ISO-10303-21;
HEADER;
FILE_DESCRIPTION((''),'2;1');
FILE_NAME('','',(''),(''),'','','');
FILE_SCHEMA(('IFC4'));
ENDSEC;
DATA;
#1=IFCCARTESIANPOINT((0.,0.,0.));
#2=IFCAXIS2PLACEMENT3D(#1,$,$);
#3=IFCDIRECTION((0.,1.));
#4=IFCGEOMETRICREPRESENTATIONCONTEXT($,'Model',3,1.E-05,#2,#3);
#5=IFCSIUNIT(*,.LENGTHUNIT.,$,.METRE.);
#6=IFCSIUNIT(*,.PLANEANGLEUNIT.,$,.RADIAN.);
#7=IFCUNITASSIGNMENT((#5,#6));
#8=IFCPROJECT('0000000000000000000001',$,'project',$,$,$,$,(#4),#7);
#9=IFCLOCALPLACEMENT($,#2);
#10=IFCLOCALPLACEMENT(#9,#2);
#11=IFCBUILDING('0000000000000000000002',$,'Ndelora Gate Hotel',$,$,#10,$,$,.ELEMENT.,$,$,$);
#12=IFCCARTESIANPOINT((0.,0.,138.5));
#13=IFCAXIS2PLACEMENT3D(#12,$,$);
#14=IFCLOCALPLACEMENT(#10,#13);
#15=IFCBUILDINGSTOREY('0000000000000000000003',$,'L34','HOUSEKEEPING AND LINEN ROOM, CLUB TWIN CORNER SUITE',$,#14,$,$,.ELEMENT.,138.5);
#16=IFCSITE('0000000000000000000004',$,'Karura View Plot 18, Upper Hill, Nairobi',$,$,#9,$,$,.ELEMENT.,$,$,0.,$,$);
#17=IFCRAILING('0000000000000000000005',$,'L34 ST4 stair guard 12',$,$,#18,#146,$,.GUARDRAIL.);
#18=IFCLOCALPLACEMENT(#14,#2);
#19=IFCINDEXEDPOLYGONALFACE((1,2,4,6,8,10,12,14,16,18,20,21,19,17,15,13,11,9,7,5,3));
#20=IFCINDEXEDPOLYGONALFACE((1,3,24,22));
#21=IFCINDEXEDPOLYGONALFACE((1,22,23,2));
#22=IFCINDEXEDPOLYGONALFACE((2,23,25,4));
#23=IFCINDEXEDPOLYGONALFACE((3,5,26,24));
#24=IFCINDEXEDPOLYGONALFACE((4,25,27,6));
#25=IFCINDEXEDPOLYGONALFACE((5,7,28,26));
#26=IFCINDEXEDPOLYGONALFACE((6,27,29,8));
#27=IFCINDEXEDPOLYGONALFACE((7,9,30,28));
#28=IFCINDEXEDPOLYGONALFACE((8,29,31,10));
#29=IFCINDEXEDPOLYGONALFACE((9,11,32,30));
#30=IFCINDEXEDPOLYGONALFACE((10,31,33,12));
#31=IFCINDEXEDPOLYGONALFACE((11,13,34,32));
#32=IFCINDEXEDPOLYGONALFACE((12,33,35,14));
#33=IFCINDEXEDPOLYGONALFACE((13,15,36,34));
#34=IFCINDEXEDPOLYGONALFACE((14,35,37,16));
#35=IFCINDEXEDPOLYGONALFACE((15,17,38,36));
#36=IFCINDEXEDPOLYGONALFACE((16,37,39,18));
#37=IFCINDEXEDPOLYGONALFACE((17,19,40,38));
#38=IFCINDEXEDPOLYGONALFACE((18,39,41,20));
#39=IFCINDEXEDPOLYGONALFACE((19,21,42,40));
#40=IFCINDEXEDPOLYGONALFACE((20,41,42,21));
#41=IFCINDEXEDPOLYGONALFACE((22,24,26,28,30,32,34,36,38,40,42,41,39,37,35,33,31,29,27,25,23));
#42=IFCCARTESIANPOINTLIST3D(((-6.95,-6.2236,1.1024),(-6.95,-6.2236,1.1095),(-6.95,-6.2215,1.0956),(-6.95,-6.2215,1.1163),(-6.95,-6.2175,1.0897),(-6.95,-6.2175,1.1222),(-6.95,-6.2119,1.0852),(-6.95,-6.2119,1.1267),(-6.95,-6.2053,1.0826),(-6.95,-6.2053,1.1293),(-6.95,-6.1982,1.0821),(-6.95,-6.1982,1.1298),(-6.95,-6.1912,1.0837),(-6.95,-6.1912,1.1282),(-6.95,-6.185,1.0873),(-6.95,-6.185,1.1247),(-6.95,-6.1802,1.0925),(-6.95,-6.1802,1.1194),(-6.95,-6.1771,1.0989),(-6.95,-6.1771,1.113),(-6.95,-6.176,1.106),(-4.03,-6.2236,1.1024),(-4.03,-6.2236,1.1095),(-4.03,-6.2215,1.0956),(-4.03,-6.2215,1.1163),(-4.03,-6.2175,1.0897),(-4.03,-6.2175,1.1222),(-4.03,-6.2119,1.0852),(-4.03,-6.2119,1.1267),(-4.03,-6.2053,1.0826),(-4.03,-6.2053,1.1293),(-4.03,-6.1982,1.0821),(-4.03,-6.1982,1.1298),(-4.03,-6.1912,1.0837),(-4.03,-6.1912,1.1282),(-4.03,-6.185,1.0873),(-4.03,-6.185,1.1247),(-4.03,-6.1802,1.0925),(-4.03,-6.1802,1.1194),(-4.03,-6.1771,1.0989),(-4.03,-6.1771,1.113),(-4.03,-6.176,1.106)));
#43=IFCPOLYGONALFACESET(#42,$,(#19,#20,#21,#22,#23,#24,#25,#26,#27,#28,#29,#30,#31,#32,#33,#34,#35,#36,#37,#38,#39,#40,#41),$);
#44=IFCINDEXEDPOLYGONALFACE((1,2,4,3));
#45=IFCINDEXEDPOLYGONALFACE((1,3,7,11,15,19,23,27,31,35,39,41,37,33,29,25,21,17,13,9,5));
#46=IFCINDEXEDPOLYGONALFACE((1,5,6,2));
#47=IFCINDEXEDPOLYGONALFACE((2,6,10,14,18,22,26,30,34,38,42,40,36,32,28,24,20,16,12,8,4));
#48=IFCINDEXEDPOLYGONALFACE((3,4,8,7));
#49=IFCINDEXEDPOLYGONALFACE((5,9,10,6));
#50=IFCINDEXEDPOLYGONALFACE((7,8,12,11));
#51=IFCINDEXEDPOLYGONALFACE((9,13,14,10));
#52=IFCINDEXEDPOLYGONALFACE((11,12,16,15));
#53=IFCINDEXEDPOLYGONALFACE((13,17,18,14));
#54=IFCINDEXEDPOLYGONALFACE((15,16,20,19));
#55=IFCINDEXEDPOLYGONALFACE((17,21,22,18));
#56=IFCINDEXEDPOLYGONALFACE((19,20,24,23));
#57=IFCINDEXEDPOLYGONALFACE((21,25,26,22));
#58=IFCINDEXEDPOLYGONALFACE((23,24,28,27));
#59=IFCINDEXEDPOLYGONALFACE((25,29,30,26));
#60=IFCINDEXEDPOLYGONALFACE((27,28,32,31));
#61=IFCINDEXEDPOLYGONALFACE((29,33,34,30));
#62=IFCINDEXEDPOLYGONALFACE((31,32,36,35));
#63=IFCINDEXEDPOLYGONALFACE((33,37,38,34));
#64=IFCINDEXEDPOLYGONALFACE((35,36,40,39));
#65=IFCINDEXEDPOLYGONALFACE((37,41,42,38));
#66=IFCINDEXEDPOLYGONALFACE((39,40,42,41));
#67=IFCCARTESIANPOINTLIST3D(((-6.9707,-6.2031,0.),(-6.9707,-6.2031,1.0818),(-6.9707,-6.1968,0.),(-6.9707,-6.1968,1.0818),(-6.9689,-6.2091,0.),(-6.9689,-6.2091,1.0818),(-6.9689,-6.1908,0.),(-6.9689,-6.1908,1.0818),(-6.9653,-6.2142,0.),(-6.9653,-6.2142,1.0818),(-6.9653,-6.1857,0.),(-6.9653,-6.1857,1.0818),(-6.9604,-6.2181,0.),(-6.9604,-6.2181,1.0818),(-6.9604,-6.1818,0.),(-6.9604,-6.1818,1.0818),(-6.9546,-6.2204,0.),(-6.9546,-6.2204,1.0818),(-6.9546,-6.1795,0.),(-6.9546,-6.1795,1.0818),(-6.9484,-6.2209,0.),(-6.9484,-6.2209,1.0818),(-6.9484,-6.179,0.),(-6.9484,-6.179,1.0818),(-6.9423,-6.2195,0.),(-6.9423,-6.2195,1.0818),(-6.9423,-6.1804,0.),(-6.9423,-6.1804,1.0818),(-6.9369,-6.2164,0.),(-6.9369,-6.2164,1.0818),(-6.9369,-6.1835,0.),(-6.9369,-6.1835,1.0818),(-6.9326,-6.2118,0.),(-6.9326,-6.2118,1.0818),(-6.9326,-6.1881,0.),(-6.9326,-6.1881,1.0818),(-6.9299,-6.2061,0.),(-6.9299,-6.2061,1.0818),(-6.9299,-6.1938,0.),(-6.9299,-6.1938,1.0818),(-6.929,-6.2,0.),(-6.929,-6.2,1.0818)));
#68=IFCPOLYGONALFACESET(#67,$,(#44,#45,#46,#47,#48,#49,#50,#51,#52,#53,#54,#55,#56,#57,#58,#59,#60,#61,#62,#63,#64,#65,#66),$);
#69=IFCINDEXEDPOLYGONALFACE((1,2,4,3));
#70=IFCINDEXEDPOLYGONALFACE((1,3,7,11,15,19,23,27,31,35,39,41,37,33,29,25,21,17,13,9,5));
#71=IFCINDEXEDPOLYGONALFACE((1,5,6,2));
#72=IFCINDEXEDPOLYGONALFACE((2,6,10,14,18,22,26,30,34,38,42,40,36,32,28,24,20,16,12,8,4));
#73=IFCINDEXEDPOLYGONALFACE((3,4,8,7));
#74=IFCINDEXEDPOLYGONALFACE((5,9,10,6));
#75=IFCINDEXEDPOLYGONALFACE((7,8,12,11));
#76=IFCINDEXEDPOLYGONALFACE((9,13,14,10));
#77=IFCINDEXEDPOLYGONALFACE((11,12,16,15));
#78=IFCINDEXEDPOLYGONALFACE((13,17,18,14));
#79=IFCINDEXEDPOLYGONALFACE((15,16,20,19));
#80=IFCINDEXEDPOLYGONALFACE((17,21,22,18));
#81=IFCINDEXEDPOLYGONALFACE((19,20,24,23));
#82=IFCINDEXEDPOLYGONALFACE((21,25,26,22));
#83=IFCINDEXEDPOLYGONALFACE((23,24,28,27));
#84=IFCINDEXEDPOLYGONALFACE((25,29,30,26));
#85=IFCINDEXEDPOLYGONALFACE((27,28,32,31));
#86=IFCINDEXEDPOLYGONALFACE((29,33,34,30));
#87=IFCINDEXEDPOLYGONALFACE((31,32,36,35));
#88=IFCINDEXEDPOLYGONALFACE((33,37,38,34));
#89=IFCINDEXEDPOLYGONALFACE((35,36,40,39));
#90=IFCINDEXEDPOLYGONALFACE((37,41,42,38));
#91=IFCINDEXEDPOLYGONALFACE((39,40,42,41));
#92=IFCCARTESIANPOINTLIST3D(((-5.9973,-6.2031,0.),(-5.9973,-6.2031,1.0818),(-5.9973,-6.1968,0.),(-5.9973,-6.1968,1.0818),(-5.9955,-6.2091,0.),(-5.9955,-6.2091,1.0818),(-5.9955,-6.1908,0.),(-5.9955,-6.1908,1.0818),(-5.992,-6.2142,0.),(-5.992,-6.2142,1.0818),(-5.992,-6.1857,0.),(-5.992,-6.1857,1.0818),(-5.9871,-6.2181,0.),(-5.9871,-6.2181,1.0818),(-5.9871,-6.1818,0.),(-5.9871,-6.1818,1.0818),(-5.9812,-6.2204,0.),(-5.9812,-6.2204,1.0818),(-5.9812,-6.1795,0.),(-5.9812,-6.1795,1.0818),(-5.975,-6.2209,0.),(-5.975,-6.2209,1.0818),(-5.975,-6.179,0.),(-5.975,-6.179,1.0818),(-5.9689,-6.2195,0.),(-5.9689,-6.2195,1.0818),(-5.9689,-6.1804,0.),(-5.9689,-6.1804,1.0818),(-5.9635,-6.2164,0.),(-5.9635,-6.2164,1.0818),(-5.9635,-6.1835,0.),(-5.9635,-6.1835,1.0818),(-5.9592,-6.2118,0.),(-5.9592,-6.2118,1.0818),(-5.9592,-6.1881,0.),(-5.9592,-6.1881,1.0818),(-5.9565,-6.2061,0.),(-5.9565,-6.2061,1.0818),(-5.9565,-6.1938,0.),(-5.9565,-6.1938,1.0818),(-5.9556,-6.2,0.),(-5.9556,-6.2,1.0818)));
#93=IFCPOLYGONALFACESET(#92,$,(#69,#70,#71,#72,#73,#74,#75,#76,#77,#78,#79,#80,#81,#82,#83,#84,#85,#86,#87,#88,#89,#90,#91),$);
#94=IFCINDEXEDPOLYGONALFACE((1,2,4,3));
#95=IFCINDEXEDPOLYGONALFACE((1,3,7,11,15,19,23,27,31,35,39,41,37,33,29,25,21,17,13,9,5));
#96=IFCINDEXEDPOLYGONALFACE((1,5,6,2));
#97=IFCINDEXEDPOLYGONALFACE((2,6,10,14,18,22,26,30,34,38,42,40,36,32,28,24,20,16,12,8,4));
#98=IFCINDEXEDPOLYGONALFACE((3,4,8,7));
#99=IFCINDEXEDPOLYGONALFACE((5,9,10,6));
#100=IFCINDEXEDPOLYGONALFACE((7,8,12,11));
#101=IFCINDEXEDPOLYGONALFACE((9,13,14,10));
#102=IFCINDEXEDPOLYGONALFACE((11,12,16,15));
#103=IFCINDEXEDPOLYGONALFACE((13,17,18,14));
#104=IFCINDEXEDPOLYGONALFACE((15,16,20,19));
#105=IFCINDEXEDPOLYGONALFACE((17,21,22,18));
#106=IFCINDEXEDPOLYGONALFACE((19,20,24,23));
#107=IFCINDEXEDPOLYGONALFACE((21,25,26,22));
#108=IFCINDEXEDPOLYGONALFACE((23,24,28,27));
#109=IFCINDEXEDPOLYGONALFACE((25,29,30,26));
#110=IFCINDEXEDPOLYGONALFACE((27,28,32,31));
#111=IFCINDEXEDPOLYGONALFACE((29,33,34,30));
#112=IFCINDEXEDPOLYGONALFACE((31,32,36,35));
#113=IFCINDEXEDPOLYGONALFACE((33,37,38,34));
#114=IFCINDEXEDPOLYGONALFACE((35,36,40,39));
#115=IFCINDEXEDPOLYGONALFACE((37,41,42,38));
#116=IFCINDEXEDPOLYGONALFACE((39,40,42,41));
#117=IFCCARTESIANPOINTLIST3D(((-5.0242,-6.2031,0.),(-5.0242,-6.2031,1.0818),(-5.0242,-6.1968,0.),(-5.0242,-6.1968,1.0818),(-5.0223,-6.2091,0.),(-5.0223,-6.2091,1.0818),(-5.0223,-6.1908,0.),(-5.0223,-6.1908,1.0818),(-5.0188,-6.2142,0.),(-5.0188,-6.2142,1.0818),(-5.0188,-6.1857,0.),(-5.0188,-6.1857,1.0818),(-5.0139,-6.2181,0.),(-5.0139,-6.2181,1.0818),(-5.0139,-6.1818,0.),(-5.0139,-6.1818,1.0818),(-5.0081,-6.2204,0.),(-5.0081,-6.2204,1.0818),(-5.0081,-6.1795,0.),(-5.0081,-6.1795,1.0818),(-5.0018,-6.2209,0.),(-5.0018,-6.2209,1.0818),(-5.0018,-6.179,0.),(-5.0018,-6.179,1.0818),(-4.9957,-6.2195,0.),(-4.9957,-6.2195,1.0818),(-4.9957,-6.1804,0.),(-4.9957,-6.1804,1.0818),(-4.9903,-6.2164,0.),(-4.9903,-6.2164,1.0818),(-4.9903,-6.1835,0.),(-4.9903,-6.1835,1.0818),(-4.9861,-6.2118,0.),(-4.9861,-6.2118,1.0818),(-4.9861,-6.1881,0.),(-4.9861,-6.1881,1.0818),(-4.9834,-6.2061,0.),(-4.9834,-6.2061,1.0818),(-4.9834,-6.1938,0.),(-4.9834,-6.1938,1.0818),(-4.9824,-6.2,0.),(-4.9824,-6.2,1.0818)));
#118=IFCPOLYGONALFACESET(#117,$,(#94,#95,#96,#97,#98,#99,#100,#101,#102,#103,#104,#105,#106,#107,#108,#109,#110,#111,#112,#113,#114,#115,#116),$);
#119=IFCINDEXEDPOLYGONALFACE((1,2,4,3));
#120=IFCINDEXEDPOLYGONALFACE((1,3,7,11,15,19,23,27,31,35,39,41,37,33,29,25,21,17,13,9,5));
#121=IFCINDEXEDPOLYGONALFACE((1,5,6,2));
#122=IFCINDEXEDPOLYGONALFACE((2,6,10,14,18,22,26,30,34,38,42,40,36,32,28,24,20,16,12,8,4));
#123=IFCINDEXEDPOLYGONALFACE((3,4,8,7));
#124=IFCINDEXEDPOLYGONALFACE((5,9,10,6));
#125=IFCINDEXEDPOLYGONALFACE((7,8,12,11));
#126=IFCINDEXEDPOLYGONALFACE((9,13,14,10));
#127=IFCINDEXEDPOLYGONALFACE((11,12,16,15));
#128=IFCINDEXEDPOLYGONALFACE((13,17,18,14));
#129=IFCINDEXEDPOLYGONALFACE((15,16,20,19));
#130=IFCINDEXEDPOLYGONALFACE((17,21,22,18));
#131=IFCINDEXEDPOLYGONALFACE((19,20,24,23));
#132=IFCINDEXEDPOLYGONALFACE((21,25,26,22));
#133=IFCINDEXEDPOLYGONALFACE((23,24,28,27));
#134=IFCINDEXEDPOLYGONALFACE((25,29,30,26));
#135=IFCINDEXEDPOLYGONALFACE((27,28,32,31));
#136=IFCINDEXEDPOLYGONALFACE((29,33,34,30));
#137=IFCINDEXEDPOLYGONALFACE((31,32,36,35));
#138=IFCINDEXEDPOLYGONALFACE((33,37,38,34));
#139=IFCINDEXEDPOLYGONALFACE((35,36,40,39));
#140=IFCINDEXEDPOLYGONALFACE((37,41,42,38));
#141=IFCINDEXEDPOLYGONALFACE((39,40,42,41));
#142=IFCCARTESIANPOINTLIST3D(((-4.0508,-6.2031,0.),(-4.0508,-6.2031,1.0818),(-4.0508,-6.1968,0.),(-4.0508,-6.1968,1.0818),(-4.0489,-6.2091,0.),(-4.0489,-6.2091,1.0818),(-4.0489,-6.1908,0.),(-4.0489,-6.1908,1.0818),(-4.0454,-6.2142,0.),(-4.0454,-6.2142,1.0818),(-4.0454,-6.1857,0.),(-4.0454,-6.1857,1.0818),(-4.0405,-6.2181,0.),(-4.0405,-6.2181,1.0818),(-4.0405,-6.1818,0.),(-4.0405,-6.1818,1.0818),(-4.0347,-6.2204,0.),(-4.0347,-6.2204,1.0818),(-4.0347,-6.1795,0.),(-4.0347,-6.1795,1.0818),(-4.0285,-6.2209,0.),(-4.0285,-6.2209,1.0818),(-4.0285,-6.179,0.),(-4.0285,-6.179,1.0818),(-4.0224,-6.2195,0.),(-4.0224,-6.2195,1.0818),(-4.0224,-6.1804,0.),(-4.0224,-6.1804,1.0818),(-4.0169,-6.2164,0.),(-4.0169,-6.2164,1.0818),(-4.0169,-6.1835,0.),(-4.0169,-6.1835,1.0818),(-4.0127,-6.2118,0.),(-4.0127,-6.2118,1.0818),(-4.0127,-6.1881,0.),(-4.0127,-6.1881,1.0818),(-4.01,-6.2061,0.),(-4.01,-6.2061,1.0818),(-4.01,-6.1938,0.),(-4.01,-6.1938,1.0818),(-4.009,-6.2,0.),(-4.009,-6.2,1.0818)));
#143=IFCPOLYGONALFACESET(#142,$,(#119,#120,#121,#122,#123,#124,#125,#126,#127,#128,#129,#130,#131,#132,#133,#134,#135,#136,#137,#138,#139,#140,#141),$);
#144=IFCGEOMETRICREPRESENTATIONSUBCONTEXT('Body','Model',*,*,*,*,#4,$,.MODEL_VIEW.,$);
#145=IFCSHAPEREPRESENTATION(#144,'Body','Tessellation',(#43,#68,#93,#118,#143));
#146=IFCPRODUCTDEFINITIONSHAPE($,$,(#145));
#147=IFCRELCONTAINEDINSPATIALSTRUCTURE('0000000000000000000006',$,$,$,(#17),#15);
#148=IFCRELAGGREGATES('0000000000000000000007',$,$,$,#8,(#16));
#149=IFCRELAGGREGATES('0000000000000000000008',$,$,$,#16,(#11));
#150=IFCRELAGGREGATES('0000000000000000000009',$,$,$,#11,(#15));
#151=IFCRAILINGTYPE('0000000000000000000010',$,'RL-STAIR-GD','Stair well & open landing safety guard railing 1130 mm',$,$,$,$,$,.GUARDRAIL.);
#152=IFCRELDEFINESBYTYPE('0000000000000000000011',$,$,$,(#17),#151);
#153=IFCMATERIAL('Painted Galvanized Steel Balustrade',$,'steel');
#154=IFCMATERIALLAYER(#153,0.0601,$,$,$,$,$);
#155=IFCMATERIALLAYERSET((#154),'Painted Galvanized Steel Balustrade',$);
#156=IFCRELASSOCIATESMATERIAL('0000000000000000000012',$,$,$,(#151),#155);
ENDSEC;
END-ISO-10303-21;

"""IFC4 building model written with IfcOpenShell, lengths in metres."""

from ifc_helpers import new_model, si_unit, direction, frame, origin, origin_2d, place, context, subcontext, project, spatial, circle, extrude, material, layer, layer_set, type_object, element, save


model = new_model("IFC4")

# Units and contexts
model_context = context("Model", 3, precision=1e-05, world=origin(), true_north=direction((0.0, 1.0)))
body_context = subcontext(model_context, "Body", "Model", "MODEL_VIEW")
ifc_project = project(units=[si_unit("LENGTHUNIT", "METRE"), si_unit("PLANEANGLEUNIT", "RADIAN")], contexts=[model_context])

# Site, building, storey
site_placement = place(None, origin())
site = spatial("IfcSite", under=ifc_project, at=site_placement, Name="Karura View Plot 18, Upper Hill, Nairobi", CompositionType="ELEMENT", RefElevation=0.0)
building_placement = place(site_placement, origin())
building = spatial("IfcBuilding", under=site, at=building_placement, Name="Ndelora Gate Hotel", CompositionType="ELEMENT")
storey_placement = place(building_placement, frame((0.0, 0.0, 138.5)))
storey = spatial("IfcBuildingStorey", under=building, at=storey_placement, Name="L34", Description="HOUSEKEEPING AND LINEN ROOM, CLUB TWIN CORNER SUITE", CompositionType="ELEMENT", Elevation=138.5)

# Railing
ifc_material_1 = material(Name="Painted Galvanized Steel Balustrade", Category="steel")
ifc_layer_1 = layer(ifc_material_1, 0.0601)
ifc_layer_set_1 = layer_set([ifc_layer_1], Name="Painted Galvanized Steel Balustrade")
railing_type = type_object("IfcRailingType", Name="RL-STAIR-GD", Description="Stair well & open landing safety guard railing 1130 mm", PredefinedType="GUARDRAIL", material=ifc_layer_set_1)
railing_1_placement = place(storey_placement, frame((-6.95, -6.2, 0.0)))
element("IfcRailing", 1, at=railing_1_placement, inside=storey, type_object=railing_type, Name="L34 ST4 stair guard 12", PredefinedType="GUARDRAIL", context=body_context, shape_type="SweptSolid", body=[
    extrude(circle(Radius=0.0239, at=origin_2d()), frame((0.0, 0.0, 1.106), z_axis=(1.0, 0.0, 0.0), x_axis=(0.0, 1.0, 0.0)), (0.0, 0.0, 1.0), 2.9199),
    extrude(circle(Radius=0.021, at=origin_2d()), origin(), (0.0, 0.0, 1.0), 1.0818),
    extrude(circle(Radius=0.021, at=origin_2d()), frame((0.9734, 0.0, 0.0)), (0.0, 0.0, 1.0), 1.0818),
    extrude(circle(Radius=0.021, at=origin_2d()), frame((1.9465, 0.0, 0.0)), (0.0, 0.0, 1.0), 1.0818),
    extrude(circle(Radius=0.021, at=origin_2d()), frame((2.9199, 0.0, 0.0)), (0.0, 0.0, 1.0), 1.0818),
])

save(model, "model.ifc")
